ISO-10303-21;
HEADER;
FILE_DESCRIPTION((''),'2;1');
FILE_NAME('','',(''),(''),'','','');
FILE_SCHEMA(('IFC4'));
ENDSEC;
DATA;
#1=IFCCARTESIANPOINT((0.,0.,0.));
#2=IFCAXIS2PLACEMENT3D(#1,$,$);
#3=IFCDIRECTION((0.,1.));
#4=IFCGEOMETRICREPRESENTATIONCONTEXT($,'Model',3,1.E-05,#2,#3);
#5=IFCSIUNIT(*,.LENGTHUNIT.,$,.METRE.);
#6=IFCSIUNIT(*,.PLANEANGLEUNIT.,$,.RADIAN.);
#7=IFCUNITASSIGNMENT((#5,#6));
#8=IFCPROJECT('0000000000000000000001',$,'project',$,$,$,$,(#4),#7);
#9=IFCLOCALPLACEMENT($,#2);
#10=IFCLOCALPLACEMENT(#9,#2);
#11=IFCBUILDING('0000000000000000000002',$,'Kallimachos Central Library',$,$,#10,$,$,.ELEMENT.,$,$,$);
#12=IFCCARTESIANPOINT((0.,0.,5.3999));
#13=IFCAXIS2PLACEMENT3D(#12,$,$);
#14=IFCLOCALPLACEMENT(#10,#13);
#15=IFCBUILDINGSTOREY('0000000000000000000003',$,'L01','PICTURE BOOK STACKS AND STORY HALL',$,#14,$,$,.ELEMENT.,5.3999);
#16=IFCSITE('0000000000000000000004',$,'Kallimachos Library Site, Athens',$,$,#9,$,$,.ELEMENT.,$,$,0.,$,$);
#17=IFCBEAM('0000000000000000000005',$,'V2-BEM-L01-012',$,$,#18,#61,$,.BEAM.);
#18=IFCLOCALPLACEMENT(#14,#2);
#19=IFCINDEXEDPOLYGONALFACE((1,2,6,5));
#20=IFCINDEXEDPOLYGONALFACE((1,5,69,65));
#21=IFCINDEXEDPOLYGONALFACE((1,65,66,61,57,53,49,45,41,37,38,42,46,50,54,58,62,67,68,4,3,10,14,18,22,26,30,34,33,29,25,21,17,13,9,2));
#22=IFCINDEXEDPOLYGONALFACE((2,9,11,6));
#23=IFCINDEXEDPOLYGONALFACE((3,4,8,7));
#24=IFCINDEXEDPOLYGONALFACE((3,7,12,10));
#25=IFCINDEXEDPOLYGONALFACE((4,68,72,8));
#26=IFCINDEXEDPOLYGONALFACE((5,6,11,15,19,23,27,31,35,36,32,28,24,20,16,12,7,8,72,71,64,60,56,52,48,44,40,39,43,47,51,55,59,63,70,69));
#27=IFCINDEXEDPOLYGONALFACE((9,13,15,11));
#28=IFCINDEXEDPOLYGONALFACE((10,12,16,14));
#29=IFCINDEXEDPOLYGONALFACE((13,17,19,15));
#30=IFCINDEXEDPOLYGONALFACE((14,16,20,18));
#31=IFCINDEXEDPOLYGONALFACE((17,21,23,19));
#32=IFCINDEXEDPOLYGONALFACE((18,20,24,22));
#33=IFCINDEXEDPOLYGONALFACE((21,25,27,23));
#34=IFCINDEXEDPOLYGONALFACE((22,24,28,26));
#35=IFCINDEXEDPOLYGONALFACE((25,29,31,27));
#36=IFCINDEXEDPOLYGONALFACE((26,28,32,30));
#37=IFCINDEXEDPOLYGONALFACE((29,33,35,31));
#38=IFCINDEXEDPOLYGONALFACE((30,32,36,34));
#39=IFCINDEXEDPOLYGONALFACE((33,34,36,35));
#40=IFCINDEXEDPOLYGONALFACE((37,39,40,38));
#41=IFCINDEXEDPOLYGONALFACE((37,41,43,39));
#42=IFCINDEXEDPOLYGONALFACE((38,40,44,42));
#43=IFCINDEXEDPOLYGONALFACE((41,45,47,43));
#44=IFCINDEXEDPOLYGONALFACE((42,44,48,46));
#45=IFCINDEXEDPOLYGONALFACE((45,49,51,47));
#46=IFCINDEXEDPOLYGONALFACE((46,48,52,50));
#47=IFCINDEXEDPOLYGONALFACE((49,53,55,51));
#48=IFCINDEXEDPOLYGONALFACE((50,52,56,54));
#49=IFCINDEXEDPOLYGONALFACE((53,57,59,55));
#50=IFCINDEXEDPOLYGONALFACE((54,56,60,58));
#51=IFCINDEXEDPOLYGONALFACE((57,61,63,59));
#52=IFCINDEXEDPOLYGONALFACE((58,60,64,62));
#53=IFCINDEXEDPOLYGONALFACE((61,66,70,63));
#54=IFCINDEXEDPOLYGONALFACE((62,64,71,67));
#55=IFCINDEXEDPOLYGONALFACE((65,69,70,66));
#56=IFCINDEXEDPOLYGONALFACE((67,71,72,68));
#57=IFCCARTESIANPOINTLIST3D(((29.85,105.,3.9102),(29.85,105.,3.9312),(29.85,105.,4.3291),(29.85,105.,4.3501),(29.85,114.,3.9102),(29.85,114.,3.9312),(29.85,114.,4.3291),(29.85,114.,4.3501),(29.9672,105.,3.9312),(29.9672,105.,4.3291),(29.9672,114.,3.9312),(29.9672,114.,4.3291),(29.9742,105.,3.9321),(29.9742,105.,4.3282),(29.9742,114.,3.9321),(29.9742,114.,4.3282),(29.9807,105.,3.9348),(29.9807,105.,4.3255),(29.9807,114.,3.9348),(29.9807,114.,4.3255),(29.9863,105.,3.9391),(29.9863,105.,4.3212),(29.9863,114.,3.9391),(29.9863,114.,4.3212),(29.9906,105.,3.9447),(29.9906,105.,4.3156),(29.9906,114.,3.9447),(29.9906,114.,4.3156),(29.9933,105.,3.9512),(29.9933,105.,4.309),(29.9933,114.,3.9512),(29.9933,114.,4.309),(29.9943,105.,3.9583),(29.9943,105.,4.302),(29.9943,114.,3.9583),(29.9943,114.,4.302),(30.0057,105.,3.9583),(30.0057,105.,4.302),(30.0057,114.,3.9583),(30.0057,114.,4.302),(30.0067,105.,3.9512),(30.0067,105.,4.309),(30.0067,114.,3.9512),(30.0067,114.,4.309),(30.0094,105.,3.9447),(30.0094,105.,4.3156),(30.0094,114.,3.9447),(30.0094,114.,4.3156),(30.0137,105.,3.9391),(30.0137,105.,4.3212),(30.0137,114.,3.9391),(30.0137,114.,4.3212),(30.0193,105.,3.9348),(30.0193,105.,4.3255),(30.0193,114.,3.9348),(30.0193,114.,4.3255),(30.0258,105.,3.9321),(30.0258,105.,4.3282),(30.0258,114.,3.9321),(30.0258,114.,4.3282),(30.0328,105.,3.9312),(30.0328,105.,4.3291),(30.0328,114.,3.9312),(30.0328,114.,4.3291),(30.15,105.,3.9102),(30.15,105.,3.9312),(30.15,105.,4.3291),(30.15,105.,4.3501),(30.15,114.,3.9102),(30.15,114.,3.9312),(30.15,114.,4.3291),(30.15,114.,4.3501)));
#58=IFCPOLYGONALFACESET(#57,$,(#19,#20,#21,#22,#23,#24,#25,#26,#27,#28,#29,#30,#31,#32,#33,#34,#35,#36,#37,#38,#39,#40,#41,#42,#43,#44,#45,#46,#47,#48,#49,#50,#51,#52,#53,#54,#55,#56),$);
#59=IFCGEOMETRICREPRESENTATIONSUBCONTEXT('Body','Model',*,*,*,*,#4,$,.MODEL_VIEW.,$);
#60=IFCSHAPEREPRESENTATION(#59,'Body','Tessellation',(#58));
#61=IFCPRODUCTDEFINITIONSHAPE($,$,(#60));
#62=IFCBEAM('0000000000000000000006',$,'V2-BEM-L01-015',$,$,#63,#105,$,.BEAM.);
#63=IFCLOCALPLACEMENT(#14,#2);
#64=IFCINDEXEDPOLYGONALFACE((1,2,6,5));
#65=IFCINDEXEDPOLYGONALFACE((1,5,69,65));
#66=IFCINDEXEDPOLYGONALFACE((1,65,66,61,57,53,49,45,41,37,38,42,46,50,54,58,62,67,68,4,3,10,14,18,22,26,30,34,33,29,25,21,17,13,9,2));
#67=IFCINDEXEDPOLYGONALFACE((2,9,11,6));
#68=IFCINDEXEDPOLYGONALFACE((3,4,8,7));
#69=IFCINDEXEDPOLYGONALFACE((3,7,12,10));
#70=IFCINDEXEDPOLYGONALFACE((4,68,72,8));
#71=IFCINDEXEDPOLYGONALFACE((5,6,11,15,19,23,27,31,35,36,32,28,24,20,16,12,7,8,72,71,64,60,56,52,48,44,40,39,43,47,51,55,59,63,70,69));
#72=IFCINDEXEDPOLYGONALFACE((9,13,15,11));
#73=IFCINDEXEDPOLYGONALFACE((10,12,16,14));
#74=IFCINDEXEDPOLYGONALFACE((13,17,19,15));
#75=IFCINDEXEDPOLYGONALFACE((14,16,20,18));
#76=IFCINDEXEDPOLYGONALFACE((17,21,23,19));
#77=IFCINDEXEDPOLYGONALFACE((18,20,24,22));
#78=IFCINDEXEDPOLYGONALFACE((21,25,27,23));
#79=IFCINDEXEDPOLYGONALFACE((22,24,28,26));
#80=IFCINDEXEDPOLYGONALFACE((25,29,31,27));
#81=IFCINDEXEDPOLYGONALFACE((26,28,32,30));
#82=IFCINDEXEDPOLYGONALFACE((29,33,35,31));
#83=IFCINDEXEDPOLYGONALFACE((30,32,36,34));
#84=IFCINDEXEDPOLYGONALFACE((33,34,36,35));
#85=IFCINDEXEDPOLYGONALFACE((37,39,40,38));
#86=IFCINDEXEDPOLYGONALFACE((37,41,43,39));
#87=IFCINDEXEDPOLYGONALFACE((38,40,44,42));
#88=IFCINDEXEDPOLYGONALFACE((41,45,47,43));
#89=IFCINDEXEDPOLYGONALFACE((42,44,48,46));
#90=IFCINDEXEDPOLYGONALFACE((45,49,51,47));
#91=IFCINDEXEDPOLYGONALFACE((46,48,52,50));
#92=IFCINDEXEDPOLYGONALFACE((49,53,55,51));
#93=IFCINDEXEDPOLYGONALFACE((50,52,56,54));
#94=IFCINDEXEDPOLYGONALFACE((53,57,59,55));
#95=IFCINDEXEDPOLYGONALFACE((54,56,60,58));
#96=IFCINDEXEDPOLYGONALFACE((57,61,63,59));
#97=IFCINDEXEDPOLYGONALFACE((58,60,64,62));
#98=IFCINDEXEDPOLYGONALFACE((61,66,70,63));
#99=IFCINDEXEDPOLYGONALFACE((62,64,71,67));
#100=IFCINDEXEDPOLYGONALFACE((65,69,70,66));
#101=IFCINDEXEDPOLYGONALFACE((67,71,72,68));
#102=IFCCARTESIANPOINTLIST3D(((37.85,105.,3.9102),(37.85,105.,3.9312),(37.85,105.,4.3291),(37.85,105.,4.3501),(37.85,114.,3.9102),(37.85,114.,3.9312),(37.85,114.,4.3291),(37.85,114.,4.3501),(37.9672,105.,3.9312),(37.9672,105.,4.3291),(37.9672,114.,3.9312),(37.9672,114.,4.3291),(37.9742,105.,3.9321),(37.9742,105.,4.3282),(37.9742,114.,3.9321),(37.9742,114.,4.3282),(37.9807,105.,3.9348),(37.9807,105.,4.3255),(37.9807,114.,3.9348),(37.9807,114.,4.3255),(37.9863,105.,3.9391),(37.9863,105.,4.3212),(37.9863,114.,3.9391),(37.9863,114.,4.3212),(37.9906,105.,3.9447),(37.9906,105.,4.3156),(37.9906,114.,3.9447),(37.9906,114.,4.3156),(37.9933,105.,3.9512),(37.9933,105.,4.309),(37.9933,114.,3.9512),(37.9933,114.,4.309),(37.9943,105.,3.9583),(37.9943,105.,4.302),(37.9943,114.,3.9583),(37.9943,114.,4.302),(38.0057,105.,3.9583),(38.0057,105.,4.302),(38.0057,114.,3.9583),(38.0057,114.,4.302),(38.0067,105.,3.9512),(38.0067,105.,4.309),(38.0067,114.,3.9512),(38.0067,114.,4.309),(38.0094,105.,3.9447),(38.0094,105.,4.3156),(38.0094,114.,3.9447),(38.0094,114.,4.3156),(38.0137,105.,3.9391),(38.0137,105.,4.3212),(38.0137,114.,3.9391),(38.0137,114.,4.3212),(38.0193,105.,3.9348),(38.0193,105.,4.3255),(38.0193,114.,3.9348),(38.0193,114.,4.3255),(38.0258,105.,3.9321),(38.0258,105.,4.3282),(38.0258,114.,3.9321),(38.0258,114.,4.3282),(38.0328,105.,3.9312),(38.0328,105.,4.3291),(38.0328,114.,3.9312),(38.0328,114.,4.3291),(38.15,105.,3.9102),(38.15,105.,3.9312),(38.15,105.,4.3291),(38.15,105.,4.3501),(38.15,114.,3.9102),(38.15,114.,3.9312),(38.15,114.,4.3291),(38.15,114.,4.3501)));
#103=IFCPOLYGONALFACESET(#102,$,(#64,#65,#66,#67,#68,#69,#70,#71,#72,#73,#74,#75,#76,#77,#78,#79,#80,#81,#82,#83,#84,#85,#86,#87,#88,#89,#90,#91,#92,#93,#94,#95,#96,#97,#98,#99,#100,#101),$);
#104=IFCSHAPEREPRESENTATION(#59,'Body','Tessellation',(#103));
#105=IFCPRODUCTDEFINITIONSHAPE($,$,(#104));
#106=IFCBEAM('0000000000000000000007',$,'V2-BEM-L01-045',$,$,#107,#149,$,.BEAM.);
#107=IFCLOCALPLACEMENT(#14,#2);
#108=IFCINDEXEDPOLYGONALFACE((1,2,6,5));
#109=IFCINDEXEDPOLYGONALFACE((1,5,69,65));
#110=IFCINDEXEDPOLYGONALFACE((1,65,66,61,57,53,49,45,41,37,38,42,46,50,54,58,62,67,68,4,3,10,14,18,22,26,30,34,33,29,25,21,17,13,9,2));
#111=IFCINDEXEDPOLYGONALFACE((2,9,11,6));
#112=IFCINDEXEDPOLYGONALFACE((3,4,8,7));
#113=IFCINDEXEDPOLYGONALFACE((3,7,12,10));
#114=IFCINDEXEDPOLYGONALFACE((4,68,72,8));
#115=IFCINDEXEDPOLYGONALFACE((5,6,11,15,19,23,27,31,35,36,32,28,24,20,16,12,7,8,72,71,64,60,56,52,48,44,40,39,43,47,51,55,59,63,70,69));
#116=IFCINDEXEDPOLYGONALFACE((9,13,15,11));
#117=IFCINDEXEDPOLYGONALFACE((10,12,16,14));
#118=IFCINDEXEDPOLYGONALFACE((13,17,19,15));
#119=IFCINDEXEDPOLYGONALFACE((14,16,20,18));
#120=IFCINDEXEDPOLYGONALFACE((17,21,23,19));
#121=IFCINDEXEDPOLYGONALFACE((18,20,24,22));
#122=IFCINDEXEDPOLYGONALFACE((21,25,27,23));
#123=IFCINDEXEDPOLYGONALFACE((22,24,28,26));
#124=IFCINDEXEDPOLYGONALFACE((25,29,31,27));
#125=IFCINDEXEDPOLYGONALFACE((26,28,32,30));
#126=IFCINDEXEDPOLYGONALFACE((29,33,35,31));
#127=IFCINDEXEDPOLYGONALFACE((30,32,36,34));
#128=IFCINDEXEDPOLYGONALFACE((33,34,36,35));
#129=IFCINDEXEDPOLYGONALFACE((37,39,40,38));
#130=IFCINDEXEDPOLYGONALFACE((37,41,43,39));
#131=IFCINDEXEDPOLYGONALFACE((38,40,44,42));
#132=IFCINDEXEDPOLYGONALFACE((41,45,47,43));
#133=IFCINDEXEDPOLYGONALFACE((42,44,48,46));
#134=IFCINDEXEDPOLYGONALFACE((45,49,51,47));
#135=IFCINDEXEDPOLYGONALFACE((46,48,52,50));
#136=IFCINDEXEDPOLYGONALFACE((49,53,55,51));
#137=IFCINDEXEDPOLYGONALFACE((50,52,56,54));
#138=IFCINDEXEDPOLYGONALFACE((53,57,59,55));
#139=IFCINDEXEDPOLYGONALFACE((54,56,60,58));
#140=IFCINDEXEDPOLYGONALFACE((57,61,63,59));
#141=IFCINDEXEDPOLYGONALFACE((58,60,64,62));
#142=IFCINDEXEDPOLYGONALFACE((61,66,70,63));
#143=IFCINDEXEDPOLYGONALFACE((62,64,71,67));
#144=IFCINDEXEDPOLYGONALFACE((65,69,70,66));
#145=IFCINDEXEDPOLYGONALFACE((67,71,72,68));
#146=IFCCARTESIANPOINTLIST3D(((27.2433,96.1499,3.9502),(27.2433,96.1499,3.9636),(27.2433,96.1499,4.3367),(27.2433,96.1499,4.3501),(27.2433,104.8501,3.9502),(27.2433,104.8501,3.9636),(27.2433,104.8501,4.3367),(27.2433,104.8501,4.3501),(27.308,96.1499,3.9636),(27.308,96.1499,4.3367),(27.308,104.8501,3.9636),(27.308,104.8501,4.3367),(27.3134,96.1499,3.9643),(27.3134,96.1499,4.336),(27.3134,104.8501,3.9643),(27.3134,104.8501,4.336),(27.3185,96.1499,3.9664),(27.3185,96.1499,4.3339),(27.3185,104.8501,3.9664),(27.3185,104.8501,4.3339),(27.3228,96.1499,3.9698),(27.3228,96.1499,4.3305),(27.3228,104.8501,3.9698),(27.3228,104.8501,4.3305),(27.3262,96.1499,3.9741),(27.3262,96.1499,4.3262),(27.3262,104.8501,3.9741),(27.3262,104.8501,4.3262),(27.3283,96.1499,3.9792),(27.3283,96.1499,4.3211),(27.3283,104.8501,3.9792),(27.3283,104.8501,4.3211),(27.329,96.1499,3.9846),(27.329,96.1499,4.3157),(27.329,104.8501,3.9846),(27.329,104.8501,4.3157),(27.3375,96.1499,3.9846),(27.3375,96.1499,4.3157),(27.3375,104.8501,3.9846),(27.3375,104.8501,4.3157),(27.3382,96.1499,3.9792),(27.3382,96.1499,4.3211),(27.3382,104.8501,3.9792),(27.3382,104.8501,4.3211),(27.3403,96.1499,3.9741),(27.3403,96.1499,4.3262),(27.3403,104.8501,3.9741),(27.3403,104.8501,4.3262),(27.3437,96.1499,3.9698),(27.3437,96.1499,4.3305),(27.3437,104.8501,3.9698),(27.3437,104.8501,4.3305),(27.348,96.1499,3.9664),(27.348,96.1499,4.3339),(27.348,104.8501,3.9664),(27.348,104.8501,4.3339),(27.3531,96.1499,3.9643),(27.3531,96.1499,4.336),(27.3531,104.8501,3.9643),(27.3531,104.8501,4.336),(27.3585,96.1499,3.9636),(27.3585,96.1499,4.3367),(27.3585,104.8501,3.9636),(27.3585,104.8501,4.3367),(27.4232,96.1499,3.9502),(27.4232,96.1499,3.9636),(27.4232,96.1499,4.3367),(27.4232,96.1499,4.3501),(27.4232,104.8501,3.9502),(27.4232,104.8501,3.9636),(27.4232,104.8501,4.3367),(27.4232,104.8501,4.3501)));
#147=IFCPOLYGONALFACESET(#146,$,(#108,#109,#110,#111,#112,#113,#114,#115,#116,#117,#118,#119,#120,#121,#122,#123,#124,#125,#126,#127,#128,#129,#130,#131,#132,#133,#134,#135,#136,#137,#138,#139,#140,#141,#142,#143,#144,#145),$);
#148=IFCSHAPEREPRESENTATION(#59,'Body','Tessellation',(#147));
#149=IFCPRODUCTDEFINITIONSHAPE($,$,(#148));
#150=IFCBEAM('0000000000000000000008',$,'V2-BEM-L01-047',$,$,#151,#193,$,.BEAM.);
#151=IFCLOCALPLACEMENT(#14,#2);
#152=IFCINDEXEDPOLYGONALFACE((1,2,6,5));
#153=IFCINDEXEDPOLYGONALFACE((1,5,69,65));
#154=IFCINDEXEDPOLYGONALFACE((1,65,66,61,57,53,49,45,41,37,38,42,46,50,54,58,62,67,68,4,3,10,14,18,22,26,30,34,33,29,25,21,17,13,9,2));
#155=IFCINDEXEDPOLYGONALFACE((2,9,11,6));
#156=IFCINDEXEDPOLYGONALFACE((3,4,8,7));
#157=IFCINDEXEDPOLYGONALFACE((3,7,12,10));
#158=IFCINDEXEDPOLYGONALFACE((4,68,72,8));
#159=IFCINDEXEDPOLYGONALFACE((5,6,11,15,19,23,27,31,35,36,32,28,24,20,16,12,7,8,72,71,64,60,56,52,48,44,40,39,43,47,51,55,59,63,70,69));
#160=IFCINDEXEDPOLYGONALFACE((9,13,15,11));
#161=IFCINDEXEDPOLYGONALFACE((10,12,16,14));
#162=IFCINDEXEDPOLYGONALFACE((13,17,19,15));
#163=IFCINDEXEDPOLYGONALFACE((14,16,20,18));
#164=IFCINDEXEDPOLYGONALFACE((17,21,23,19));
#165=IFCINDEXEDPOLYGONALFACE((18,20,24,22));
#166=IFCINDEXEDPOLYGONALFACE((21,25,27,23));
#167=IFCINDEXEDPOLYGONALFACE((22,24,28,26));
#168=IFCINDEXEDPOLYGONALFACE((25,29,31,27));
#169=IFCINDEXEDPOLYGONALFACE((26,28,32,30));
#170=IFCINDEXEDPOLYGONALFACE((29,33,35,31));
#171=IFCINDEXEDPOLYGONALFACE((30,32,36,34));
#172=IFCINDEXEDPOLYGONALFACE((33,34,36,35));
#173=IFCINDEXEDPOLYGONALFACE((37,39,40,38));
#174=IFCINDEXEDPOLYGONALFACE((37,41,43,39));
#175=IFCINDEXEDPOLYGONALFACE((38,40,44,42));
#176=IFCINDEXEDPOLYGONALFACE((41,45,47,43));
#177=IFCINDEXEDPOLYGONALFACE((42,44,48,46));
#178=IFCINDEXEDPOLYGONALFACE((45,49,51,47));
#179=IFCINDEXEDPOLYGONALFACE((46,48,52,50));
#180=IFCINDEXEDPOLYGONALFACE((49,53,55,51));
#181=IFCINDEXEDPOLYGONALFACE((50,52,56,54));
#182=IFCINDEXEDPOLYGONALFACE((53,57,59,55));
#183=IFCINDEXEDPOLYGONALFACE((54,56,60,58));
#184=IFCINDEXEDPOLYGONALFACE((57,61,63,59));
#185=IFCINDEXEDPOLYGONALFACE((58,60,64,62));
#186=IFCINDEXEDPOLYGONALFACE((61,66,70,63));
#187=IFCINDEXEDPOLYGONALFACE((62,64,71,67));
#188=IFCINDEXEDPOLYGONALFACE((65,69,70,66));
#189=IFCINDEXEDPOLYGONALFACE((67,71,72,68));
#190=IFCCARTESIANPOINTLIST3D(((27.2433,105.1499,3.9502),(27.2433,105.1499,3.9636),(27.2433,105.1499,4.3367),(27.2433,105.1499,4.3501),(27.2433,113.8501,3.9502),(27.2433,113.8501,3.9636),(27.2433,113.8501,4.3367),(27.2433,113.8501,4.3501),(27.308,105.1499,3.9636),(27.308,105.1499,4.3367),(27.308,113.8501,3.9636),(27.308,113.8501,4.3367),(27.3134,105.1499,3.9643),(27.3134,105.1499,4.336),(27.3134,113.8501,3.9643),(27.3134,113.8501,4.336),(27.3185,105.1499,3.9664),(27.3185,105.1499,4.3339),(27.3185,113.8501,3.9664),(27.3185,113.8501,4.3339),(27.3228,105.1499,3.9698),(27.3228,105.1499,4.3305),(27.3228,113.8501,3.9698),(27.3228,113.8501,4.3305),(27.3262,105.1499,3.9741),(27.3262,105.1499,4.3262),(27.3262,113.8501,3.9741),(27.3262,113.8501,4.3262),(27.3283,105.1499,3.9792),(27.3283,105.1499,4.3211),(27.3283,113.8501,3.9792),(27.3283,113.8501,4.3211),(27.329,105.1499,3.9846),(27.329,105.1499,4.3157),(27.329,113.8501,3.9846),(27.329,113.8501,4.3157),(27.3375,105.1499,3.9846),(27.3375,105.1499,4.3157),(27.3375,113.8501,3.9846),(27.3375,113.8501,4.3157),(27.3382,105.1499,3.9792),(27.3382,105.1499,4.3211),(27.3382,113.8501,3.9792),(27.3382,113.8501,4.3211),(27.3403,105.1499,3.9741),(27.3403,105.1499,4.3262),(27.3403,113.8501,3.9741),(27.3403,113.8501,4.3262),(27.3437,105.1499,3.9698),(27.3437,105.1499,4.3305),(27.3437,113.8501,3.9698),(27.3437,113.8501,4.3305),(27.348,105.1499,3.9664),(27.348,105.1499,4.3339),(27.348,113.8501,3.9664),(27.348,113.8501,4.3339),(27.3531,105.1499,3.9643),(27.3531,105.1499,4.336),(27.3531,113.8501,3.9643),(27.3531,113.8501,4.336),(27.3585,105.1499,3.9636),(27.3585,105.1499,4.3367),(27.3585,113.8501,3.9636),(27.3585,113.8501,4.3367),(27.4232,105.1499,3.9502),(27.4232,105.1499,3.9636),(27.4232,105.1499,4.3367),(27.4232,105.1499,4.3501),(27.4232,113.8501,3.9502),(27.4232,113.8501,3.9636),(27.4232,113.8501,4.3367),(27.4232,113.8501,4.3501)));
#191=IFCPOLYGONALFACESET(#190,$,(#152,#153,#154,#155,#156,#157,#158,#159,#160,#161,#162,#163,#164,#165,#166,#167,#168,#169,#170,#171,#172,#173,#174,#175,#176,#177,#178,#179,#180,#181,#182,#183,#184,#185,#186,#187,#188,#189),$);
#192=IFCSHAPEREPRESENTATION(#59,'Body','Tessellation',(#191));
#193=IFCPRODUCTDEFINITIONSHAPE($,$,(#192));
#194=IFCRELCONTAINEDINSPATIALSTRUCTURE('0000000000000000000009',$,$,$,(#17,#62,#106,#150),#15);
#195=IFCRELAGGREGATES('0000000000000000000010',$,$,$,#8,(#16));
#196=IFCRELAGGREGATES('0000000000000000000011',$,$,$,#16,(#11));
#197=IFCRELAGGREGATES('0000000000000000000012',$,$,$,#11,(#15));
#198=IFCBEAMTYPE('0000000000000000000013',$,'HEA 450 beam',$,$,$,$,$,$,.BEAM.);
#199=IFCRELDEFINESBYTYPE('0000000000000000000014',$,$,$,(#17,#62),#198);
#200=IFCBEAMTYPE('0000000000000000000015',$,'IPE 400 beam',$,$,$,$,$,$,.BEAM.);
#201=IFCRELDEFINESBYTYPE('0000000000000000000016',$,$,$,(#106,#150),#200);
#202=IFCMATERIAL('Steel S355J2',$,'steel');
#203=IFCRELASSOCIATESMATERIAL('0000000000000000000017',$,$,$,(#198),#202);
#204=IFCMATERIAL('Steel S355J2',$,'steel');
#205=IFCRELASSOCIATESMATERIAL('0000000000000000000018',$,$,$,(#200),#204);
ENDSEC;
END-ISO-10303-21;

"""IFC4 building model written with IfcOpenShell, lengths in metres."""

from ifc_helpers import new_model, si_unit, direction, frame, origin, origin_2d, place, context, subcontext, project, spatial, i_section, extrude, material, material_profile, profile_set, type_object, element, save


model = new_model("IFC4")

# Units and contexts
model_context = context("Model", 3, precision=1e-05, world=origin(), true_north=direction((0.0, 1.0)))
body_context = subcontext(model_context, "Body", "Model", "MODEL_VIEW")
ifc_project = project(units=[si_unit("LENGTHUNIT", "METRE"), si_unit("PLANEANGLEUNIT", "RADIAN")], contexts=[model_context])

# Site, building, storey
site_placement = place(None, origin())
site = spatial("IfcSite", under=ifc_project, at=site_placement, Name="Kallimachos Library Site, Athens", CompositionType="ELEMENT", RefElevation=0.0)
building_placement = place(site_placement, origin())
building = spatial("IfcBuilding", under=site, at=building_placement, Name="Kallimachos Central Library", CompositionType="ELEMENT")
storey_placement = place(building_placement, frame((0.0, 0.0, 5.3999)))
storey = spatial("IfcBuildingStorey", under=building, at=storey_placement, Name="L01", Description="PICTURE BOOK STACKS AND STORY HALL", CompositionType="ELEMENT", Elevation=5.3999)

# Beams
ifc_material_1 = material(Name="Steel S355J2", Category="steel")
ifc_material_profile_1 = material_profile(ifc_material_1, i_section(OverallWidth=0.3, OverallDepth=0.4399, WebThickness=0.0115, FlangeThickness=0.021, FilletRadius=0.0271, at=origin_2d()), Name="HEA 450")
ifc_profile_set_1 = profile_set([ifc_material_profile_1], Name="Steel S355J2")
beam_type_1 = type_object("IfcBeamType", Name="HEA 450 beam", PredefinedType="BEAM", material=ifc_profile_set_1)
for number, where, z_axis, x_axis, name in (
    (1, (30.0, 105.0, 4.1301), (0.0, 1.0, 0.0), (-1.0, 0.0, 0.0), "V2-BEM-L01-012"),
    (2, (38.0, 105.0, 4.1301), (0.0, 1.0, 0.0), (-1.0, 0.0, 0.0), "V2-BEM-L01-015"),
):
    element("IfcBeam", number, at=place(storey_placement, frame(where, z_axis=z_axis, x_axis=x_axis)), inside=storey, type_object=beam_type_1, Name=name, PredefinedType="BEAM", context=body_context, shape_type="SweptSolid", body=[
        extrude(i_section(OverallWidth=0.3, OverallDepth=0.4399, WebThickness=0.0115, FlangeThickness=0.021, FilletRadius=0.0271, at=origin_2d()), origin(), (0.0, 0.0, 1.0), 9.0),
    ])
ifc_material_2 = material(Name="Steel S355J2", Category="steel")
ifc_material_profile_2 = material_profile(ifc_material_2, i_section(OverallWidth=0.1799, OverallDepth=0.3999, WebThickness=0.0085, FlangeThickness=0.0134, FilletRadius=0.021, at=origin_2d()), Name="IPE 400")
ifc_profile_set_2 = profile_set([ifc_material_profile_2], Name="Steel S355J2")
beam_type_2 = type_object("IfcBeamType", Name="IPE 400 beam", PredefinedType="BEAM", material=ifc_profile_set_2)
for number, where, z_axis, x_axis, name in (
    (3, (27.3333, 96.1499, 4.1501), (0.0, 1.0, 0.0), (-1.0, 0.0, 0.0), "V2-BEM-L01-045"),
    (4, (27.3333, 105.1499, 4.1501), (0.0, 1.0, 0.0), (-1.0, 0.0, 0.0), "V2-BEM-L01-047"),
):
    element("IfcBeam", number, at=place(storey_placement, frame(where, z_axis=z_axis, x_axis=x_axis)), inside=storey, type_object=beam_type_2, Name=name, PredefinedType="BEAM", context=body_context, shape_type="SweptSolid", body=[
        extrude(i_section(OverallWidth=0.1799, OverallDepth=0.3999, WebThickness=0.0085, FlangeThickness=0.0134, FilletRadius=0.021, at=origin_2d()), origin(), (0.0, 0.0, 1.0), 8.7002),
    ])

save(model, "model.ifc")
